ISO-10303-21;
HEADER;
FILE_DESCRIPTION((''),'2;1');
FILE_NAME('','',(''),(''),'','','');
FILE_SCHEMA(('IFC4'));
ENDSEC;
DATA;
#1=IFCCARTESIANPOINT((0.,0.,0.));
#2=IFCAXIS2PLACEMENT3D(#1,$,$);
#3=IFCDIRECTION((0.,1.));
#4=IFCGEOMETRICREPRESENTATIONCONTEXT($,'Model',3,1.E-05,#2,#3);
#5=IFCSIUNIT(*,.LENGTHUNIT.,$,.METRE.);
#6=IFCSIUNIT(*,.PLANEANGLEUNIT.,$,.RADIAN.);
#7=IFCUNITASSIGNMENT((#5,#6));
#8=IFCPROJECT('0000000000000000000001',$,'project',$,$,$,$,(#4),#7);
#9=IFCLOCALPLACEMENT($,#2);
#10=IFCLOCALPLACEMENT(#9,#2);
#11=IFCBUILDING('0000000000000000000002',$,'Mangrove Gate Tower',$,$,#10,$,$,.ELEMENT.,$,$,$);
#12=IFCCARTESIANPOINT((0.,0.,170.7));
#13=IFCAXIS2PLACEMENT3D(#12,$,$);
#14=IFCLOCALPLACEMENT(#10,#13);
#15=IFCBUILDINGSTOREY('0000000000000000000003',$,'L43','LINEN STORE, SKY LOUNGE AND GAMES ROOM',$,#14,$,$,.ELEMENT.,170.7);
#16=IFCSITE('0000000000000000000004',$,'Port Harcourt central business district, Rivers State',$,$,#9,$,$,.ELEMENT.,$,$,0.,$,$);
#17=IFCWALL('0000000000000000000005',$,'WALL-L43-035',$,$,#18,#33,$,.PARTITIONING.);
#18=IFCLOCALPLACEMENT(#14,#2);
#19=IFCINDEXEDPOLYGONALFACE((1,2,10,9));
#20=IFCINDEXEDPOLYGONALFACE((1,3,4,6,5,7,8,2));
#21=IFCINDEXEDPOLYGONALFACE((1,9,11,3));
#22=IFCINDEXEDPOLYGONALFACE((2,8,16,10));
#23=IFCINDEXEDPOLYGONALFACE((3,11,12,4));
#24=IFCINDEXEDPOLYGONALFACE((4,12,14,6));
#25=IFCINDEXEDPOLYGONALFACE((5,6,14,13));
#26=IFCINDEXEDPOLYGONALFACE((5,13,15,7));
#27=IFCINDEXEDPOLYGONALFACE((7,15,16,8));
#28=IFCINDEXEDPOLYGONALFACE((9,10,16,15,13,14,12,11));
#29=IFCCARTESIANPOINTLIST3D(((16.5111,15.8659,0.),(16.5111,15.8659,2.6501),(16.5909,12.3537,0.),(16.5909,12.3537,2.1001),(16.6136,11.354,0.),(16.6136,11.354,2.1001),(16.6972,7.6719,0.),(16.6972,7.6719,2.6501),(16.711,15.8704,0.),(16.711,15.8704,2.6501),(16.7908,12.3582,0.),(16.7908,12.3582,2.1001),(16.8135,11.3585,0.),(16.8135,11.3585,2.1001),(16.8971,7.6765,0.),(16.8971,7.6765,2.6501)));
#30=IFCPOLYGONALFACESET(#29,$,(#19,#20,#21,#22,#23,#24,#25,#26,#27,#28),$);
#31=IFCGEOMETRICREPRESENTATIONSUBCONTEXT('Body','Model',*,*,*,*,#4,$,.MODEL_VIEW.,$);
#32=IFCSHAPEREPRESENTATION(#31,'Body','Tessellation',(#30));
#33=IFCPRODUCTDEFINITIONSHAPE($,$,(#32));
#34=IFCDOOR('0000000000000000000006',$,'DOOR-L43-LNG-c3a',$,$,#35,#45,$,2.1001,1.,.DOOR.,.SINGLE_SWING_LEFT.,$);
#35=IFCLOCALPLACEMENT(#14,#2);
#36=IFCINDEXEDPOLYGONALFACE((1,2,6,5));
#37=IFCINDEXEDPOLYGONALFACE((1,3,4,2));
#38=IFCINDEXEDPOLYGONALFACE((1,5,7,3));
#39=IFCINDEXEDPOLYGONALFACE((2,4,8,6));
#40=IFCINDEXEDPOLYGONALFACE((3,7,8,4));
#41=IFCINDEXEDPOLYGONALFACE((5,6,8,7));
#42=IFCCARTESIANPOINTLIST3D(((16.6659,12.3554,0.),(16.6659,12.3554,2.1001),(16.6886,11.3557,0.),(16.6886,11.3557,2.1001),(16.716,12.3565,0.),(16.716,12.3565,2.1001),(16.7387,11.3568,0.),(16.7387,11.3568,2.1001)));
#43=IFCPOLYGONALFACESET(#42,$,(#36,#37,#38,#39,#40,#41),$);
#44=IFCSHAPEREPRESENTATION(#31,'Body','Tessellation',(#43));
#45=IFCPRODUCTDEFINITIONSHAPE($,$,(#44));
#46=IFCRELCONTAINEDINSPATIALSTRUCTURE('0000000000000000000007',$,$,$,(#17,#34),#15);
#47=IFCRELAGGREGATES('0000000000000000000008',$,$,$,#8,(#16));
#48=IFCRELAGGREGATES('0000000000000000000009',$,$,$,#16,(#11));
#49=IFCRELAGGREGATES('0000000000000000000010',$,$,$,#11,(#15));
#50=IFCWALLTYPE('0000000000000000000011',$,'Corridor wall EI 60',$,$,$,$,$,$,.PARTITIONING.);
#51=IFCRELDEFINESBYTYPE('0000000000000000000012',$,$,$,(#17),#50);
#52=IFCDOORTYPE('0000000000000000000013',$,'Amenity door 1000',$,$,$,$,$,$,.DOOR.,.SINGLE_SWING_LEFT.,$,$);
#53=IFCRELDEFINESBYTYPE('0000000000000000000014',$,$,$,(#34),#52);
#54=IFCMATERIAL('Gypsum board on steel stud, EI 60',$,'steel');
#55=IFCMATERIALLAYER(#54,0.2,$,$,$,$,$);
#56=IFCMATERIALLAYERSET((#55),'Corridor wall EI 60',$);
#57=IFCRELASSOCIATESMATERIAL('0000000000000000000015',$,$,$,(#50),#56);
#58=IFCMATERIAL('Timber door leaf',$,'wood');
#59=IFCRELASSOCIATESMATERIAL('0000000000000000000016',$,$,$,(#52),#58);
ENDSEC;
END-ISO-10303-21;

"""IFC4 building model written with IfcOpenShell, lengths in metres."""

from ifc_helpers import new_model, si_unit, direction, frame, frame_2d, origin, place, context, subcontext, project, spatial, rectangle, extrude, material, layer, layer_set, type_object, element, fill, save


model = new_model("IFC4")

# Units and contexts
model_context = context("Model", 3, precision=1e-05, world=origin(), true_north=direction((0.0, 1.0)))
body_context = subcontext(model_context, "Body", "Model", "MODEL_VIEW")
ifc_project = project(units=[si_unit("LENGTHUNIT", "METRE"), si_unit("PLANEANGLEUNIT", "RADIAN")], contexts=[model_context])

# Site, building, storey
site_placement = place(None, origin())
site = spatial("IfcSite", under=ifc_project, at=site_placement, Name="Port Harcourt central business district, Rivers State", CompositionType="ELEMENT", RefElevation=0.0)
building_placement = place(site_placement, origin())
building = spatial("IfcBuilding", under=site, at=building_placement, Name="Mangrove Gate Tower", CompositionType="ELEMENT")
storey_placement = place(building_placement, frame((0.0, 0.0, 170.7)))
storey = spatial("IfcBuildingStorey", under=building, at=storey_placement, Name="L43", Description="LINEN STORE, SKY LOUNGE AND GAMES ROOM", CompositionType="ELEMENT", Elevation=170.7)

# Wall, opening, door
ifc_material_1 = material(Name="Gypsum board on steel stud, EI 60", Category="steel")
ifc_layer_1 = layer(ifc_material_1, 0.2)
ifc_layer_set_1 = layer_set([ifc_layer_1], Name="Corridor wall EI 60")
wall_type_1 = type_object("IfcWallType", Name="Corridor wall EI 60", PredefinedType="PARTITIONING", material=ifc_layer_set_1)
wall_placement = place(storey_placement, frame((16.7971, 7.6741, 0.0), z_axis=(0.0, 0.0, 1.0), x_axis=(-0.022698, 0.999742, 0.0)))
wall = element("IfcWall", 1, at=wall_placement, inside=storey, type_object=wall_type_1, Name="WALL-L43-035", PredefinedType="PARTITIONING", context=body_context, shape_type="SweptSolid", body=[
    extrude(rectangle(XDim=8.196, YDim=0.2, at=frame_2d((4.0981, 0.0))), origin(), (0.0, 0.0, 1.0), 2.6501),
])
opening_placement = place(wall_placement, frame((3.6831, 0.0, 0.0)))
opening = element("IfcOpeningElement", 2, at=opening_placement, cuts=wall, PredefinedType="OPENING", context=body_context, shape_type="SweptSolid", body=[
    extrude(rectangle(XDim=1.0, YDim=2.1001, at=frame_2d((0.5, 1.05))), frame((0.0, 0.1099, 0.0), z_axis=(0.0, -1.0, 0.0), x_axis=(1.0, 0.0, 0.0)), (0.0, 0.0, 1.0), 0.22),
])
ifc_material_2 = material(Name="Timber door leaf", Category="wood")
door_type = type_object("IfcDoorType", Name="Amenity door 1000", OperationType="SINGLE_SWING_LEFT", PredefinedType="DOOR", material=ifc_material_2)
door_placement = place(opening_placement, origin())
door = element("IfcDoor", 3, at=door_placement, inside=storey, type_object=door_type, Name="DOOR-L43-LNG-c3a", OperationType="SINGLE_SWING_LEFT", OverallHeight=2.1001, OverallWidth=1.0, PredefinedType="DOOR", context=body_context, shape_type="SweptSolid", body=[
    extrude(rectangle(XDim=1.0, YDim=2.1001, at=frame_2d((0.5, 1.05))), frame((0.0, 0.0249, 0.0), z_axis=(0.0, -1.0, 0.0), x_axis=(1.0, 0.0, 0.0)), (0.0, 0.0, 1.0), 0.05),
])
fill(opening, door)

save(model, "model.ifc")
